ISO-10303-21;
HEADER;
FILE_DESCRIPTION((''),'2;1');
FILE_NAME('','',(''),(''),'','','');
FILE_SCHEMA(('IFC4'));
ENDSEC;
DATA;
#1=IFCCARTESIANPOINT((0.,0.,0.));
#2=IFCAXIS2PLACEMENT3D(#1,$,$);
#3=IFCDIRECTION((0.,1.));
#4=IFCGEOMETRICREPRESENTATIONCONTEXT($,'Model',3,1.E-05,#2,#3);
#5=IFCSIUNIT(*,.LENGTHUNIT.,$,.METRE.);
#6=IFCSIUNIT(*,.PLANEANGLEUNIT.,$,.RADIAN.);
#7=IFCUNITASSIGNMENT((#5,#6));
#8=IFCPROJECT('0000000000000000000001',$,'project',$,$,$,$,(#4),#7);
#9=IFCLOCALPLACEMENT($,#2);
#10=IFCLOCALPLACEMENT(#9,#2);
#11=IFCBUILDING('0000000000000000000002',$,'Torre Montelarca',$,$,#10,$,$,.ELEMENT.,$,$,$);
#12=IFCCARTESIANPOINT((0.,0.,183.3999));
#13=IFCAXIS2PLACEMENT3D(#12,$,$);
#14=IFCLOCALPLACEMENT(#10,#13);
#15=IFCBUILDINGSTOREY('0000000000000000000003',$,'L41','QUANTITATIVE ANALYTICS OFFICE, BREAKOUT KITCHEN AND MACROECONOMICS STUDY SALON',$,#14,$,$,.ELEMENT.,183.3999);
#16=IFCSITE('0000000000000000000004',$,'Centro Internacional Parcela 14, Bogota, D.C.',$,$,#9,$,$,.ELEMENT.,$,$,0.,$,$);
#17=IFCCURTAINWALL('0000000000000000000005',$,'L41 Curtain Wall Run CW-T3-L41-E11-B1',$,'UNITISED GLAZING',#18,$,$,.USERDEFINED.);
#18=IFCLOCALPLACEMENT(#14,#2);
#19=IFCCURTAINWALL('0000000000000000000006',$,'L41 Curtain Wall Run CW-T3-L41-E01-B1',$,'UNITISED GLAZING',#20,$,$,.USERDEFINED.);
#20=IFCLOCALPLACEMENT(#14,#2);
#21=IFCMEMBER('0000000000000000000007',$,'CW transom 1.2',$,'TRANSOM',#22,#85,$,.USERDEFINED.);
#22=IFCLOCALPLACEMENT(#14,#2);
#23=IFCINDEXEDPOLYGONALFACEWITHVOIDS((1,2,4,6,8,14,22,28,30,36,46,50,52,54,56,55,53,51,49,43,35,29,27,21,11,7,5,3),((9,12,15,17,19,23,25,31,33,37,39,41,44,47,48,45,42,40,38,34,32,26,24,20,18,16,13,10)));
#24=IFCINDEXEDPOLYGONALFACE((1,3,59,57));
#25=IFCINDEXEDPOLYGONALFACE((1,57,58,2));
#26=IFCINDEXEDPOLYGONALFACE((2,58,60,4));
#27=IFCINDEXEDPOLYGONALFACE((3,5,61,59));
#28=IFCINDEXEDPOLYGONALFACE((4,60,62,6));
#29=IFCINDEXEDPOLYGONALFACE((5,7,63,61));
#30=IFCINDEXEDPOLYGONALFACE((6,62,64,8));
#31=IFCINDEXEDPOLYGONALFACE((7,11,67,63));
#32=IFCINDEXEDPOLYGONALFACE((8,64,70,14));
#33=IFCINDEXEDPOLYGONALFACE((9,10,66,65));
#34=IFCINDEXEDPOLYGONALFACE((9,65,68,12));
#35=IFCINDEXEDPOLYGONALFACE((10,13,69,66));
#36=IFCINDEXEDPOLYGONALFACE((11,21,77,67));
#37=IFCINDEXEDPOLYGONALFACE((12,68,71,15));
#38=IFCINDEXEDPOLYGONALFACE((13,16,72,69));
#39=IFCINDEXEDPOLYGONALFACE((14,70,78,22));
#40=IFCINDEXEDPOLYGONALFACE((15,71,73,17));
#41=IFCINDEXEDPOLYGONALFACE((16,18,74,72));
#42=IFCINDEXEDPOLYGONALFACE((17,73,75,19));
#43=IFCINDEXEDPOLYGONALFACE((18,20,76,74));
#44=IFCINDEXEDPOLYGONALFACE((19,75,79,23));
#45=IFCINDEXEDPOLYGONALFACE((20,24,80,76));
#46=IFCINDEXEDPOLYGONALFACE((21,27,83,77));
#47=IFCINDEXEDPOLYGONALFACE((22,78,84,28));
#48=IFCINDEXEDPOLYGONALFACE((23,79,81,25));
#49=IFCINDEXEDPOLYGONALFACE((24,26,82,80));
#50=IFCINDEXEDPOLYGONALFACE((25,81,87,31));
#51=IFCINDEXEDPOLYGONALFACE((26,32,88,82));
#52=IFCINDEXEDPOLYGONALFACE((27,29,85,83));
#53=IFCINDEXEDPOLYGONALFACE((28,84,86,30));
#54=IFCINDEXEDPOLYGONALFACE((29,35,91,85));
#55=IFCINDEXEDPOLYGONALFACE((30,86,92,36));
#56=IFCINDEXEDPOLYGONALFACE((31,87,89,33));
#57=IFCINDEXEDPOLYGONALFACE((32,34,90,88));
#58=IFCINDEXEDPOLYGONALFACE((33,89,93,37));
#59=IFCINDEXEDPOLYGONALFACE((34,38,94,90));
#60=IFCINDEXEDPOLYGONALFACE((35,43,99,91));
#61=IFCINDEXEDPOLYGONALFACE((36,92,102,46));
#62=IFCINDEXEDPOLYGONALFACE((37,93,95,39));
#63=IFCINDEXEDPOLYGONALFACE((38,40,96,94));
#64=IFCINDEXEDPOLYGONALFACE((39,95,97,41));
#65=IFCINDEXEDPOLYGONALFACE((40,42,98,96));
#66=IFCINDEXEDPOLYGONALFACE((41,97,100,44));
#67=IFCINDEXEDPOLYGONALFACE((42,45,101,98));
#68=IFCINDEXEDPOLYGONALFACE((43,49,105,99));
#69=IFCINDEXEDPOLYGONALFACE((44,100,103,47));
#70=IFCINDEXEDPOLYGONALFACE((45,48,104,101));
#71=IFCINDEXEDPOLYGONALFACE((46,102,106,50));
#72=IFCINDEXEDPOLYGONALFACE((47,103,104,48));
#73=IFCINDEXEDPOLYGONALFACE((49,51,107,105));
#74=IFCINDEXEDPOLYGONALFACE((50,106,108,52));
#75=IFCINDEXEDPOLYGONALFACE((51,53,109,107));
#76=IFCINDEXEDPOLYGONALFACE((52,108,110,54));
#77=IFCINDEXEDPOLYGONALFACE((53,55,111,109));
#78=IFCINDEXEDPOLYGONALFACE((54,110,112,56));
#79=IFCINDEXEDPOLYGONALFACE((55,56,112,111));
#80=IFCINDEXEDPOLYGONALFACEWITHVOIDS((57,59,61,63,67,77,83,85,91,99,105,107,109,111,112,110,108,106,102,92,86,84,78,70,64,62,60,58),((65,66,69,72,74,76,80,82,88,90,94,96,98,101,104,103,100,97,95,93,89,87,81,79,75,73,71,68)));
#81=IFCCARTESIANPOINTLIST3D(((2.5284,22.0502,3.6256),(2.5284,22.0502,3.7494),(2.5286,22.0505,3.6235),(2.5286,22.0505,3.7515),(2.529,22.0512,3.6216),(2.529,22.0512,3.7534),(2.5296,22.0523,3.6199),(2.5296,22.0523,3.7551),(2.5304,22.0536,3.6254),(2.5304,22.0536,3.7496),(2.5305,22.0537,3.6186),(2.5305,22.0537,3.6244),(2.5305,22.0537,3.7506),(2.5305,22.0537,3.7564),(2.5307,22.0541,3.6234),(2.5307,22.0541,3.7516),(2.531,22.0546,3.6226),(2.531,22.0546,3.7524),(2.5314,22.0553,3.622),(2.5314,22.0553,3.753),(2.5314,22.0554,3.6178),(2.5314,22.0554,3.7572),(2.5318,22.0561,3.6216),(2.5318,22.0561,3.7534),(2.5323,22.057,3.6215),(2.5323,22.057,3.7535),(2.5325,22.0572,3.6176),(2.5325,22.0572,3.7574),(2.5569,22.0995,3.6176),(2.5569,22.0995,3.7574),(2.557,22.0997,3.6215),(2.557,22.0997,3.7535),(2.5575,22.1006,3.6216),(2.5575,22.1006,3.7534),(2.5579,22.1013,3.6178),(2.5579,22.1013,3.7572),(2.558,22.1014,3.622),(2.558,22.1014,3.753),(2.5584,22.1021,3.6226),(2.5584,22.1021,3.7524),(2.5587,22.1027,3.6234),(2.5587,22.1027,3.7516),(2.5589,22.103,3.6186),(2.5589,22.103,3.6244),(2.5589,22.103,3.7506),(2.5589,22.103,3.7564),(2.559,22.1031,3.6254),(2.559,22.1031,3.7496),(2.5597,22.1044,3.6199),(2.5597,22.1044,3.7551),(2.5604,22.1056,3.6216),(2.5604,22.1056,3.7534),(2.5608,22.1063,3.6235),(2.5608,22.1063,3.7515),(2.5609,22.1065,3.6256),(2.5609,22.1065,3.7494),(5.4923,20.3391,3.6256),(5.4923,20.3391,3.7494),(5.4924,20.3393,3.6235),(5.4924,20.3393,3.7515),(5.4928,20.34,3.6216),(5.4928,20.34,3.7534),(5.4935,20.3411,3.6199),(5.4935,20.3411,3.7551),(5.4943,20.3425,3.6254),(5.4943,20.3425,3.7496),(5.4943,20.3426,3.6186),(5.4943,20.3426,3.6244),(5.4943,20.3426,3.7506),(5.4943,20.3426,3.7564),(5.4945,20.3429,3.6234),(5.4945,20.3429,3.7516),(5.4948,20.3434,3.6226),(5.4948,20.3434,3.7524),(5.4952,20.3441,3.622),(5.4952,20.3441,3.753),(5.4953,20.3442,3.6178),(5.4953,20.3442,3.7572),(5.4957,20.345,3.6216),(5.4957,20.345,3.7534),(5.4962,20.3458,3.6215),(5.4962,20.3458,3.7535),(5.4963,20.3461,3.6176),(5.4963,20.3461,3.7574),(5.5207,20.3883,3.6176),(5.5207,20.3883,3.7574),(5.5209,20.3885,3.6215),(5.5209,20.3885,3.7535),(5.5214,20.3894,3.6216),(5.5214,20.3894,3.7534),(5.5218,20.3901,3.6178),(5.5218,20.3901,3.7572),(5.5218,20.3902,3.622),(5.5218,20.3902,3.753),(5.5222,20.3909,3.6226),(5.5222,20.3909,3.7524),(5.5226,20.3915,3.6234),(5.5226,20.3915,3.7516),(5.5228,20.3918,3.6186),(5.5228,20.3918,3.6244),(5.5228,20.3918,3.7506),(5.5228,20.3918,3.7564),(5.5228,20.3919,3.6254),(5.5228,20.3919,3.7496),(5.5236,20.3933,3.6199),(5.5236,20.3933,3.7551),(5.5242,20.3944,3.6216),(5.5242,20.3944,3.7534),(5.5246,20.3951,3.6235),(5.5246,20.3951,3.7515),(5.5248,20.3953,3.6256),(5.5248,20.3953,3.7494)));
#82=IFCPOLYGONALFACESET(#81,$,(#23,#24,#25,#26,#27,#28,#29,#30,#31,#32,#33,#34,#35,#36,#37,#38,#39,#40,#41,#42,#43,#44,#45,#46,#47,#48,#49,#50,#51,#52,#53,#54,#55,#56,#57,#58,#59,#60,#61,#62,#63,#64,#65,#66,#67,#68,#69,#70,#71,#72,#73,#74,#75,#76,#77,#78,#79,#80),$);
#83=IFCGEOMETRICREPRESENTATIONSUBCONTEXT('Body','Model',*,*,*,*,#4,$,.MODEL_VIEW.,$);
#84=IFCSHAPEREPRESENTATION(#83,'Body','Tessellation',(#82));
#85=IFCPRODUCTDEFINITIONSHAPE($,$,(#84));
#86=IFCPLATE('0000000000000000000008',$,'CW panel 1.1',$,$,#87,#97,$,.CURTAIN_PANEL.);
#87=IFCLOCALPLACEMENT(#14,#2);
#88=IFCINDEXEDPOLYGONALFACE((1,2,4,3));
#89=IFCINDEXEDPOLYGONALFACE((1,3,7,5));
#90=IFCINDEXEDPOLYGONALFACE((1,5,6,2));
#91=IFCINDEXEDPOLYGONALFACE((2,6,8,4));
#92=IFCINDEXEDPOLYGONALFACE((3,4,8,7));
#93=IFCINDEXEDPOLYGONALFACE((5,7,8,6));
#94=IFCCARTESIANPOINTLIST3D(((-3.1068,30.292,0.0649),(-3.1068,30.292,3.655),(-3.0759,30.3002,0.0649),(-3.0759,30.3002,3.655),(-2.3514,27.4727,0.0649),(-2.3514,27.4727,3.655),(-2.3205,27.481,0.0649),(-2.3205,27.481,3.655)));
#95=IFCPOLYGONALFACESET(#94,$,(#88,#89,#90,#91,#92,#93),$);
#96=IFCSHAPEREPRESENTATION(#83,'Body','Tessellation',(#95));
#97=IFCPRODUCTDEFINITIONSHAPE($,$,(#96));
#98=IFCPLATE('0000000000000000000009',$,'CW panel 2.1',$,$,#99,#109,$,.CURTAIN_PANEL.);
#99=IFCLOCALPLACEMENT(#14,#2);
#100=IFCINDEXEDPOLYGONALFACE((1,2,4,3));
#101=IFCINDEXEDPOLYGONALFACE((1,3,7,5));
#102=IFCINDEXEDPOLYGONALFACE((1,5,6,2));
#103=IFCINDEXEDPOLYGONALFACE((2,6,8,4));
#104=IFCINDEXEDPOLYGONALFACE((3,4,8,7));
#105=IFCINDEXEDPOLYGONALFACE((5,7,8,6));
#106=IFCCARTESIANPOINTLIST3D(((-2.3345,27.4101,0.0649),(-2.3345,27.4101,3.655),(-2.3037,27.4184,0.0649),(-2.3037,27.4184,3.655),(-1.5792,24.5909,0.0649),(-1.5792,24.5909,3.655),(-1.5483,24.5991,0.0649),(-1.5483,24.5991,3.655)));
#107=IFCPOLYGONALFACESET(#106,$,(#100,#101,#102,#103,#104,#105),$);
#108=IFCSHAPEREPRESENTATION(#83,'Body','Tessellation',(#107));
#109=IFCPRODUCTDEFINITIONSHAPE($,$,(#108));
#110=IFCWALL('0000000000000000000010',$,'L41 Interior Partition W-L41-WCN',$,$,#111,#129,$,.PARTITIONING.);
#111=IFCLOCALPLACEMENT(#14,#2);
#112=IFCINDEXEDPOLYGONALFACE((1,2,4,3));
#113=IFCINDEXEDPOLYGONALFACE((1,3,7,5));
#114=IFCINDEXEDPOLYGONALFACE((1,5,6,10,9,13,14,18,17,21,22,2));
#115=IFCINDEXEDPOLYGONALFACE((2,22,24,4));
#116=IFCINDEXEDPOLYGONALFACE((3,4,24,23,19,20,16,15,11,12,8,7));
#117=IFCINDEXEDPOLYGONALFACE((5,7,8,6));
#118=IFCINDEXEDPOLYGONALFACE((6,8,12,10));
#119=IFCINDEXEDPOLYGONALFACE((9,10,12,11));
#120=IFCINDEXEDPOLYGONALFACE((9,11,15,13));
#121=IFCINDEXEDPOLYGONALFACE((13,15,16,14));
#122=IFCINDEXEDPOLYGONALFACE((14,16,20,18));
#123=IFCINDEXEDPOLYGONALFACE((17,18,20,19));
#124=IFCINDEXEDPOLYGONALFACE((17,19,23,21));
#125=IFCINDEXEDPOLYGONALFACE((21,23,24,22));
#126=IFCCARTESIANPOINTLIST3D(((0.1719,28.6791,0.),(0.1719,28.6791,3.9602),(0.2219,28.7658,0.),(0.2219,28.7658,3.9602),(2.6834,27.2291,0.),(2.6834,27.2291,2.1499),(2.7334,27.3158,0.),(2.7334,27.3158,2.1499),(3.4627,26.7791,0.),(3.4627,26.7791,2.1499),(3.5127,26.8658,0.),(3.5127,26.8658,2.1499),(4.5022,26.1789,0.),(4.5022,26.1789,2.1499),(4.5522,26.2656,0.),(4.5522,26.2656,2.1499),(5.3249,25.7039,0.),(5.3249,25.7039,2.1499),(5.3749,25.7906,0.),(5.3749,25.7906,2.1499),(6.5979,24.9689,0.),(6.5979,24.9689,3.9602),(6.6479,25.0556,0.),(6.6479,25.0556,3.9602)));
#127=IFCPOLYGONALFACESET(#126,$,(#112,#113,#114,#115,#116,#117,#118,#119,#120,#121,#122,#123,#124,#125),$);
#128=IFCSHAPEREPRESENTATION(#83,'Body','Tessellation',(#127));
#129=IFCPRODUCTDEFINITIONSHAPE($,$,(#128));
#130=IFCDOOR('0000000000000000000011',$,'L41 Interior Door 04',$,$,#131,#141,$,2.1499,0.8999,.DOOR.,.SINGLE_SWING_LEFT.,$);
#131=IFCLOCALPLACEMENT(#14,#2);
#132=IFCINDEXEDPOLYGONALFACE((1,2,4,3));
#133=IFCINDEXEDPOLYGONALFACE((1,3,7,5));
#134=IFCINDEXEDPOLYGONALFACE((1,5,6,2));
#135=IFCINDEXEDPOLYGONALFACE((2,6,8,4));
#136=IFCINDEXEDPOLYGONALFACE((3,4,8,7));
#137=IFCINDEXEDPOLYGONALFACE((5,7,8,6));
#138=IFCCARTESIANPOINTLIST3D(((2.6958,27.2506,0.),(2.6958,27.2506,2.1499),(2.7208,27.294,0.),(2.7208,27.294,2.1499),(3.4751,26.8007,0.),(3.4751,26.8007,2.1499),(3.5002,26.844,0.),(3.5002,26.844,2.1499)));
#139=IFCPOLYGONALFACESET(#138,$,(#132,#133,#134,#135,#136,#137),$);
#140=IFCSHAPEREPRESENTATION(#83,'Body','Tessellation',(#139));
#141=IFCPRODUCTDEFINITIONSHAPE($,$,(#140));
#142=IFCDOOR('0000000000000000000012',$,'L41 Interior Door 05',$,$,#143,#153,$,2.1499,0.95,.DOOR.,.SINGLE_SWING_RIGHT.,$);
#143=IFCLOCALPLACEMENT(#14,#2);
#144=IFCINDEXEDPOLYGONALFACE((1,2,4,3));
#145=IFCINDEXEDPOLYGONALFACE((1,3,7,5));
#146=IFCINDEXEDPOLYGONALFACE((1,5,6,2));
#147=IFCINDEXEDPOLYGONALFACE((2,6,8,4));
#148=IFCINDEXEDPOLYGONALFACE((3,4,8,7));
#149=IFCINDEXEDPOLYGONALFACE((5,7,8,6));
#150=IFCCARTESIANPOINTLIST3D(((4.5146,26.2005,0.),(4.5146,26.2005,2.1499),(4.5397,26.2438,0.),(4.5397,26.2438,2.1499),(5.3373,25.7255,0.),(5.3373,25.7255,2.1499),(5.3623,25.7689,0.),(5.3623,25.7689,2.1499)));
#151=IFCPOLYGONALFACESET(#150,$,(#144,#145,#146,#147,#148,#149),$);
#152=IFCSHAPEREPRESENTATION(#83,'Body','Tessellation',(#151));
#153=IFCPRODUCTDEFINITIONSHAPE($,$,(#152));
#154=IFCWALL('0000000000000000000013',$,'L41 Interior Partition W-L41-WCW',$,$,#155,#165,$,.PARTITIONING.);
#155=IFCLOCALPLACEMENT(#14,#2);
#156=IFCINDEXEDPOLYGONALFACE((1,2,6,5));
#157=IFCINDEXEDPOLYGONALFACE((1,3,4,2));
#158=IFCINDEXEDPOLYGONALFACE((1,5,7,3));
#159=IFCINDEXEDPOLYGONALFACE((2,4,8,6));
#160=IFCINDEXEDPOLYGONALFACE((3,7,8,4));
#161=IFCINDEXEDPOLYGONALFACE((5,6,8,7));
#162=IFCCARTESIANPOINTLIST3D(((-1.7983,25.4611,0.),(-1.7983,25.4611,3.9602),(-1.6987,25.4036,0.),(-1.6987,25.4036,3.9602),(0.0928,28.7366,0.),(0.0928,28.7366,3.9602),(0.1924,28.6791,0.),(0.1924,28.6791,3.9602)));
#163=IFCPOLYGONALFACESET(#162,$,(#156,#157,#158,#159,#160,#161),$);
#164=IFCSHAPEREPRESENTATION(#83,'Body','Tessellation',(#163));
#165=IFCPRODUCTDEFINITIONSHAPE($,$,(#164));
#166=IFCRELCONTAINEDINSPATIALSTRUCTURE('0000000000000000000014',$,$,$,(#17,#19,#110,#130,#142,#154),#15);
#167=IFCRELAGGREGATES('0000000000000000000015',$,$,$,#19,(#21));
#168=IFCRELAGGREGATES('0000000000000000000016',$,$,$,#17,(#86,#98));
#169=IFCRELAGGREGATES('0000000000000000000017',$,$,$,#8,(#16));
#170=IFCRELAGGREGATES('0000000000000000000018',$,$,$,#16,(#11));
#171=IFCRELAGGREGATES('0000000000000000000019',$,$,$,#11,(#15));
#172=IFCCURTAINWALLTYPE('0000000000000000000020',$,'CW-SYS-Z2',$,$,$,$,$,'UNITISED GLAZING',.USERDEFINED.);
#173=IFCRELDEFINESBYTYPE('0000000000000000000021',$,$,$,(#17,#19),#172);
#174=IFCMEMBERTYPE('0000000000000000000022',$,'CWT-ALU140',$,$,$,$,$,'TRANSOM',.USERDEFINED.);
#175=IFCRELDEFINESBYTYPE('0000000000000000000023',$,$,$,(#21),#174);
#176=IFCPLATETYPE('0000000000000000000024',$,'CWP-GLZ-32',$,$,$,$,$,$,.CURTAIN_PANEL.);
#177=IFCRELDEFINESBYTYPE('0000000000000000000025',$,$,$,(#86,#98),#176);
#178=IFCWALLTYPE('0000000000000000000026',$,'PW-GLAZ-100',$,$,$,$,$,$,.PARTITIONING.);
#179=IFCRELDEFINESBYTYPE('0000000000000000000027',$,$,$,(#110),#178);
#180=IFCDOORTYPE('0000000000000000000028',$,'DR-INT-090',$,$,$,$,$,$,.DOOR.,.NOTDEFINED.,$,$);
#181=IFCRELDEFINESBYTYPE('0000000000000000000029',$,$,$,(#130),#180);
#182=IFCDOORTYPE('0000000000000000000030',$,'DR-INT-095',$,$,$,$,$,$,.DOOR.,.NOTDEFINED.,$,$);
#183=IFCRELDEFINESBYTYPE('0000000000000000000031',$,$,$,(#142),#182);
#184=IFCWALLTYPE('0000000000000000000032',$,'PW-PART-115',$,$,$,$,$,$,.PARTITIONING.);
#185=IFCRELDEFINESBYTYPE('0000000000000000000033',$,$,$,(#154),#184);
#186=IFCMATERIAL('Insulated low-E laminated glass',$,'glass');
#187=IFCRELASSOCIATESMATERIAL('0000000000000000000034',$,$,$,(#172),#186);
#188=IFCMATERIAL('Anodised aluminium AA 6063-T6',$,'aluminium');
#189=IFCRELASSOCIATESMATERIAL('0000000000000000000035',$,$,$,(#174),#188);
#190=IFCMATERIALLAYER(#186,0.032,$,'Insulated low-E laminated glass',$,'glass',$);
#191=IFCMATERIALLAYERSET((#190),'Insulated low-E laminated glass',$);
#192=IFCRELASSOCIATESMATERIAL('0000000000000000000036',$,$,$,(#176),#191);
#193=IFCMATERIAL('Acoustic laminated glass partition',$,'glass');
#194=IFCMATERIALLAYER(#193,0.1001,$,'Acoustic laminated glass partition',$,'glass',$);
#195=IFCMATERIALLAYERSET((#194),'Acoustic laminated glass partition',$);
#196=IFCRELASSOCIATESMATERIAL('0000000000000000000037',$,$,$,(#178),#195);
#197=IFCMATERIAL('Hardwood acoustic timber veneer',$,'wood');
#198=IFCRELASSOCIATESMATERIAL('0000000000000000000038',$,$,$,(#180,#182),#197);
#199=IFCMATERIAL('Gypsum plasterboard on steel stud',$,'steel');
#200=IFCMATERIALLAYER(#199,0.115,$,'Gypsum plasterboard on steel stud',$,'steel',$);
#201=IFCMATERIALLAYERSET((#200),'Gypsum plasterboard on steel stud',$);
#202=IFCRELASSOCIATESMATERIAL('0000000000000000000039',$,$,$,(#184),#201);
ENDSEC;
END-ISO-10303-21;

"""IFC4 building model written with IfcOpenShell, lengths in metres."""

from ifc_helpers import new_model, si_unit, direction, frame, frame_2d, origin, origin_2d, place, context, subcontext, project, spatial, rectangle, hollow_rectangle, extrude, source, transform, mapped, material, layer, layer_set, material_profile, profile_set, type_object, element, fill, aggregate, save


model = new_model("IFC4")

# Units and contexts
model_context = context("Model", 3, precision=1e-05, world=origin(), true_north=direction((0.0, 1.0)))
body_context = subcontext(model_context, "Body", "Model", "MODEL_VIEW")
ifc_project = project(units=[si_unit("LENGTHUNIT", "METRE"), si_unit("PLANEANGLEUNIT", "RADIAN")], contexts=[model_context])

# Site, building, storey
site_placement = place(None, origin())
site = spatial("IfcSite", under=ifc_project, at=site_placement, Name="Centro Internacional Parcela 14, Bogota, D.C.", CompositionType="ELEMENT", RefElevation=0.0)
building_placement = place(site_placement, origin())
building = spatial("IfcBuilding", under=site, at=building_placement, Name="Torre Montelarca", CompositionType="ELEMENT")
storey_placement = place(building_placement, frame((0.0, 0.0, 183.3999)))
storey = spatial("IfcBuildingStorey", under=building, at=storey_placement, Name="L41", Description="QUANTITATIVE ANALYTICS OFFICE, BREAKOUT KITCHEN AND MACROECONOMICS STUDY SALON", CompositionType="ELEMENT", Elevation=183.3999)

# Curtain wall
ifc_material_1 = material(Name="Insulated low-E laminated glass", Category="glass")
curtain_wall_type = type_object("IfcCurtainWallType", Name="CW-SYS-Z2", ElementType="UNITISED GLAZING", PredefinedType="USERDEFINED", material=ifc_material_1)
curtain_wall_1_placement = place(storey_placement, origin())
curtain_wall_1 = element("IfcCurtainWall", 1, at=curtain_wall_1_placement, inside=storey, type_object=curtain_wall_type, Name="L41 Curtain Wall Run CW-T3-L41-E11-B1", ObjectType="UNITISED GLAZING", PredefinedType="USERDEFINED")
ifc_material_2 = material(Name="Anodised aluminium AA 6063-T6", Category="aluminium")
ifc_material_profile_1 = material_profile(ifc_material_2, hollow_rectangle(XDim=0.0649, YDim=0.1399, WallThickness=0.0039, InnerFilletRadius=0.0039, OuterFilletRadius=0.0081, at=origin_2d()), Name="ALU65X140X4", Category="aluminium")
ifc_profile_set_1 = profile_set([ifc_material_profile_1], Name="Anodised aluminium AA 6063-T6")
member_type_1 = type_object("IfcMemberType", Name="CWT-ALU140", ElementType="TRANSOM", PredefinedType="USERDEFINED", material=ifc_profile_set_1)

# Curtain wall
curtain_wall_2_placement = place(storey_placement, origin())
curtain_wall_2 = element("IfcCurtainWall", 2, at=curtain_wall_2_placement, inside=storey, type_object=curtain_wall_type, Name="L41 Curtain Wall Run CW-T3-L41-E01-B1", ObjectType="UNITISED GLAZING", PredefinedType="USERDEFINED")

# Member
shared_shape_1 = source(origin(), body_context, "Body", "SweptSolid", [
    extrude(hollow_rectangle(XDim=0.0649, YDim=0.1399, WallThickness=0.0039, InnerFilletRadius=0.0039, OuterFilletRadius=0.0081, at=origin_2d()), origin(), (0.0, 0.0, 1.0), 3.4224),
])
member_1_placement = place(storey_placement, frame((2.5447, 22.0784, 3.6875), z_axis=(0.866026, -0.499998, 0.0), x_axis=(0.499998, 0.866026, 0.0)))
member_1 = element("IfcMember", 3, at=member_1_placement, type_object=member_type_1, Name="CW transom 1.2", ObjectType="TRANSOM", PredefinedType="USERDEFINED", context=body_context, shape_type="MappedRepresentation", body=[
    mapped(shared_shape_1, transform((0.0, 0.0, 0.0), scale=1.0)),
])
aggregate(curtain_wall_2, [member_1])

# Plates
ifc_layer_1 = layer(ifc_material_1, 0.032, Name="Insulated low-E laminated glass", Category="glass")
ifc_layer_set_1 = layer_set([ifc_layer_1], Name="Insulated low-E laminated glass")
plate_type = type_object("IfcPlateType", Name="CWP-GLZ-32", PredefinedType="CURTAIN_PANEL", material=ifc_layer_set_1)
shared_shape_2 = source(origin(), body_context, "Body", "SweptSolid", [
    extrude(rectangle(XDim=2.9187, YDim=0.032, at=origin_2d()), origin(), (0.0, 0.0, 1.0), 3.5901),
])
plate_1_placement = place(storey_placement, frame((-2.7136, 28.8865, 0.0649), z_axis=(0.0, 0.0, 1.0), x_axis=(0.25881, -0.965928, 0.0)))
plate_1 = element("IfcPlate", 4, at=plate_1_placement, type_object=plate_type, Name="CW panel 1.1", PredefinedType="CURTAIN_PANEL", context=body_context, shape_type="MappedRepresentation", body=[
    mapped(shared_shape_2, transform((0.0, 0.0, 0.0), scale=1.0)),
])
plate_2_placement = place(storey_placement, frame((-1.9414, 26.0046, 0.0649), z_axis=(0.0, 0.0, 1.0), x_axis=(0.25881, -0.965928, 0.0)))
plate_2 = element("IfcPlate", 5, at=plate_2_placement, type_object=plate_type, Name="CW panel 2.1", PredefinedType="CURTAIN_PANEL", context=body_context, shape_type="MappedRepresentation", body=[
    mapped(shared_shape_2, transform((0.0, 0.0, 0.0), scale=1.0)),
])
aggregate(curtain_wall_1, [plate_1, plate_2])

# Wall, openings, doors
ifc_material_3 = material(Name="Acoustic laminated glass partition", Category="glass")
ifc_layer_2 = layer(ifc_material_3, 0.1001, Name="Acoustic laminated glass partition", Category="glass")
ifc_layer_set_2 = layer_set([ifc_layer_2], Name="Acoustic laminated glass partition")
wall_type_1 = type_object("IfcWallType", Name="PW-GLAZ-100", PredefinedType="PARTITIONING", material=ifc_layer_set_2)
wall_1_placement = place(storey_placement, frame((0.197, 28.7224, 0.0), z_axis=(0.0, 0.0, 1.0), x_axis=(0.866017, -0.500014, 0.0)))
wall_1 = element("IfcWall", 6, at=wall_1_placement, inside=storey, type_object=wall_type_1, Name="L41 Interior Partition W-L41-WCN", PredefinedType="PARTITIONING", context=body_context, shape_type="SweptSolid", body=[
    extrude(rectangle(XDim=7.4202, YDim=0.1001, at=frame_2d((3.71, 0.0))), origin(), (0.0, 0.0, 1.0), 3.9602),
])
opening_1_placement = place(wall_1_placement, frame((2.8999, 0.0, 0.0)))
opening_1 = element("IfcOpeningElement", 7, at=opening_1_placement, cuts=wall_1, PredefinedType="OPENING", context=body_context, shape_type="SweptSolid", body=[
    extrude(rectangle(XDim=0.8999, YDim=2.1499, at=frame_2d((0.45, 1.075))), frame((0.0, 0.0601, 0.0), z_axis=(0.0, -1.0, 0.0), x_axis=(1.0, 0.0, 0.0)), (0.0, 0.0, 1.0), 0.1201),
])
opening_2_placement = place(wall_1_placement, frame((5.0, 0.0, 0.0)))
opening_2 = element("IfcOpeningElement", 8, at=opening_2_placement, cuts=wall_1, PredefinedType="OPENING", context=body_context, shape_type="SweptSolid", body=[
    extrude(rectangle(XDim=0.95, YDim=2.1499, at=frame_2d((0.4751, 1.075))), frame((0.0, 0.0601, 0.0), z_axis=(0.0, -1.0, 0.0), x_axis=(1.0, 0.0, 0.0)), (0.0, 0.0, 1.0), 0.1201),
])
ifc_material_4 = material(Name="Hardwood acoustic timber veneer", Category="wood")
door_type_1 = type_object("IfcDoorType", Name="DR-INT-090", OperationType="NOTDEFINED", PredefinedType="DOOR", material=ifc_material_4)
shared_shape_3 = source(origin(), body_context, "Body", "SweptSolid", [
    extrude(rectangle(XDim=0.8999, YDim=2.1499, at=frame_2d((0.45, 1.075))), frame((0.0, 0.0249, 0.0), z_axis=(0.0, -1.0, 0.0), x_axis=(1.0, 0.0, 0.0)), (0.0, 0.0, 1.0), 0.05),
])
door_1_placement = place(opening_1_placement, origin())
door_1 = element("IfcDoor", 9, at=door_1_placement, inside=storey, type_object=door_type_1, Name="L41 Interior Door 04", OperationType="SINGLE_SWING_LEFT", OverallHeight=2.1499, OverallWidth=0.8999, PredefinedType="DOOR", context=body_context, shape_type="MappedRepresentation", body=[
    mapped(shared_shape_3, transform((0.0, 0.0, 0.0), scale=1.0)),
])
fill(opening_1, door_1)
door_type_2 = type_object("IfcDoorType", Name="DR-INT-095", OperationType="NOTDEFINED", PredefinedType="DOOR", material=ifc_material_4)
shared_shape_4 = source(origin(), body_context, "Body", "SweptSolid", [
    extrude(rectangle(XDim=0.95, YDim=2.1499, at=frame_2d((0.4751, 1.075))), frame((0.0, 0.0249, 0.0), z_axis=(0.0, -1.0, 0.0), x_axis=(1.0, 0.0, 0.0)), (0.0, 0.0, 1.0), 0.05),
])
door_2_placement = place(opening_2_placement, origin())
door_2 = element("IfcDoor", 10, at=door_2_placement, inside=storey, type_object=door_type_2, Name="L41 Interior Door 05", OperationType="SINGLE_SWING_RIGHT", OverallHeight=2.1499, OverallWidth=0.95, PredefinedType="DOOR", context=body_context, shape_type="MappedRepresentation", body=[
    mapped(shared_shape_4, transform((0.0, 0.0, 0.0), scale=1.0)),
])
fill(opening_2, door_2)

# Wall
ifc_material_5 = material(Name="Gypsum plasterboard on steel stud", Category="steel")
ifc_layer_3 = layer(ifc_material_5, 0.115, Name="Gypsum plasterboard on steel stud", Category="steel")
ifc_layer_set_3 = layer_set([ifc_layer_3], Name="Gypsum plasterboard on steel stud")
wall_type_2 = type_object("IfcWallType", Name="PW-PART-115", PredefinedType="PARTITIONING", material=ifc_layer_set_3)
wall_2_placement = place(storey_placement, frame((-1.7485, 25.4324, 0.0), z_axis=(0.0, 0.0, 1.0), x_axis=(0.500013, 0.866018, 0.0)))
element("IfcWall", 11, at=wall_2_placement, inside=storey, type_object=wall_type_2, Name="L41 Interior Partition W-L41-WCW", PredefinedType="PARTITIONING", context=body_context, shape_type="SweptSolid", body=[
    extrude(rectangle(XDim=3.7822, YDim=0.115, at=frame_2d((1.8911, 0.0))), origin(), (0.0, 0.0, 1.0), 3.9602),
])

save(model, "model.ifc")
